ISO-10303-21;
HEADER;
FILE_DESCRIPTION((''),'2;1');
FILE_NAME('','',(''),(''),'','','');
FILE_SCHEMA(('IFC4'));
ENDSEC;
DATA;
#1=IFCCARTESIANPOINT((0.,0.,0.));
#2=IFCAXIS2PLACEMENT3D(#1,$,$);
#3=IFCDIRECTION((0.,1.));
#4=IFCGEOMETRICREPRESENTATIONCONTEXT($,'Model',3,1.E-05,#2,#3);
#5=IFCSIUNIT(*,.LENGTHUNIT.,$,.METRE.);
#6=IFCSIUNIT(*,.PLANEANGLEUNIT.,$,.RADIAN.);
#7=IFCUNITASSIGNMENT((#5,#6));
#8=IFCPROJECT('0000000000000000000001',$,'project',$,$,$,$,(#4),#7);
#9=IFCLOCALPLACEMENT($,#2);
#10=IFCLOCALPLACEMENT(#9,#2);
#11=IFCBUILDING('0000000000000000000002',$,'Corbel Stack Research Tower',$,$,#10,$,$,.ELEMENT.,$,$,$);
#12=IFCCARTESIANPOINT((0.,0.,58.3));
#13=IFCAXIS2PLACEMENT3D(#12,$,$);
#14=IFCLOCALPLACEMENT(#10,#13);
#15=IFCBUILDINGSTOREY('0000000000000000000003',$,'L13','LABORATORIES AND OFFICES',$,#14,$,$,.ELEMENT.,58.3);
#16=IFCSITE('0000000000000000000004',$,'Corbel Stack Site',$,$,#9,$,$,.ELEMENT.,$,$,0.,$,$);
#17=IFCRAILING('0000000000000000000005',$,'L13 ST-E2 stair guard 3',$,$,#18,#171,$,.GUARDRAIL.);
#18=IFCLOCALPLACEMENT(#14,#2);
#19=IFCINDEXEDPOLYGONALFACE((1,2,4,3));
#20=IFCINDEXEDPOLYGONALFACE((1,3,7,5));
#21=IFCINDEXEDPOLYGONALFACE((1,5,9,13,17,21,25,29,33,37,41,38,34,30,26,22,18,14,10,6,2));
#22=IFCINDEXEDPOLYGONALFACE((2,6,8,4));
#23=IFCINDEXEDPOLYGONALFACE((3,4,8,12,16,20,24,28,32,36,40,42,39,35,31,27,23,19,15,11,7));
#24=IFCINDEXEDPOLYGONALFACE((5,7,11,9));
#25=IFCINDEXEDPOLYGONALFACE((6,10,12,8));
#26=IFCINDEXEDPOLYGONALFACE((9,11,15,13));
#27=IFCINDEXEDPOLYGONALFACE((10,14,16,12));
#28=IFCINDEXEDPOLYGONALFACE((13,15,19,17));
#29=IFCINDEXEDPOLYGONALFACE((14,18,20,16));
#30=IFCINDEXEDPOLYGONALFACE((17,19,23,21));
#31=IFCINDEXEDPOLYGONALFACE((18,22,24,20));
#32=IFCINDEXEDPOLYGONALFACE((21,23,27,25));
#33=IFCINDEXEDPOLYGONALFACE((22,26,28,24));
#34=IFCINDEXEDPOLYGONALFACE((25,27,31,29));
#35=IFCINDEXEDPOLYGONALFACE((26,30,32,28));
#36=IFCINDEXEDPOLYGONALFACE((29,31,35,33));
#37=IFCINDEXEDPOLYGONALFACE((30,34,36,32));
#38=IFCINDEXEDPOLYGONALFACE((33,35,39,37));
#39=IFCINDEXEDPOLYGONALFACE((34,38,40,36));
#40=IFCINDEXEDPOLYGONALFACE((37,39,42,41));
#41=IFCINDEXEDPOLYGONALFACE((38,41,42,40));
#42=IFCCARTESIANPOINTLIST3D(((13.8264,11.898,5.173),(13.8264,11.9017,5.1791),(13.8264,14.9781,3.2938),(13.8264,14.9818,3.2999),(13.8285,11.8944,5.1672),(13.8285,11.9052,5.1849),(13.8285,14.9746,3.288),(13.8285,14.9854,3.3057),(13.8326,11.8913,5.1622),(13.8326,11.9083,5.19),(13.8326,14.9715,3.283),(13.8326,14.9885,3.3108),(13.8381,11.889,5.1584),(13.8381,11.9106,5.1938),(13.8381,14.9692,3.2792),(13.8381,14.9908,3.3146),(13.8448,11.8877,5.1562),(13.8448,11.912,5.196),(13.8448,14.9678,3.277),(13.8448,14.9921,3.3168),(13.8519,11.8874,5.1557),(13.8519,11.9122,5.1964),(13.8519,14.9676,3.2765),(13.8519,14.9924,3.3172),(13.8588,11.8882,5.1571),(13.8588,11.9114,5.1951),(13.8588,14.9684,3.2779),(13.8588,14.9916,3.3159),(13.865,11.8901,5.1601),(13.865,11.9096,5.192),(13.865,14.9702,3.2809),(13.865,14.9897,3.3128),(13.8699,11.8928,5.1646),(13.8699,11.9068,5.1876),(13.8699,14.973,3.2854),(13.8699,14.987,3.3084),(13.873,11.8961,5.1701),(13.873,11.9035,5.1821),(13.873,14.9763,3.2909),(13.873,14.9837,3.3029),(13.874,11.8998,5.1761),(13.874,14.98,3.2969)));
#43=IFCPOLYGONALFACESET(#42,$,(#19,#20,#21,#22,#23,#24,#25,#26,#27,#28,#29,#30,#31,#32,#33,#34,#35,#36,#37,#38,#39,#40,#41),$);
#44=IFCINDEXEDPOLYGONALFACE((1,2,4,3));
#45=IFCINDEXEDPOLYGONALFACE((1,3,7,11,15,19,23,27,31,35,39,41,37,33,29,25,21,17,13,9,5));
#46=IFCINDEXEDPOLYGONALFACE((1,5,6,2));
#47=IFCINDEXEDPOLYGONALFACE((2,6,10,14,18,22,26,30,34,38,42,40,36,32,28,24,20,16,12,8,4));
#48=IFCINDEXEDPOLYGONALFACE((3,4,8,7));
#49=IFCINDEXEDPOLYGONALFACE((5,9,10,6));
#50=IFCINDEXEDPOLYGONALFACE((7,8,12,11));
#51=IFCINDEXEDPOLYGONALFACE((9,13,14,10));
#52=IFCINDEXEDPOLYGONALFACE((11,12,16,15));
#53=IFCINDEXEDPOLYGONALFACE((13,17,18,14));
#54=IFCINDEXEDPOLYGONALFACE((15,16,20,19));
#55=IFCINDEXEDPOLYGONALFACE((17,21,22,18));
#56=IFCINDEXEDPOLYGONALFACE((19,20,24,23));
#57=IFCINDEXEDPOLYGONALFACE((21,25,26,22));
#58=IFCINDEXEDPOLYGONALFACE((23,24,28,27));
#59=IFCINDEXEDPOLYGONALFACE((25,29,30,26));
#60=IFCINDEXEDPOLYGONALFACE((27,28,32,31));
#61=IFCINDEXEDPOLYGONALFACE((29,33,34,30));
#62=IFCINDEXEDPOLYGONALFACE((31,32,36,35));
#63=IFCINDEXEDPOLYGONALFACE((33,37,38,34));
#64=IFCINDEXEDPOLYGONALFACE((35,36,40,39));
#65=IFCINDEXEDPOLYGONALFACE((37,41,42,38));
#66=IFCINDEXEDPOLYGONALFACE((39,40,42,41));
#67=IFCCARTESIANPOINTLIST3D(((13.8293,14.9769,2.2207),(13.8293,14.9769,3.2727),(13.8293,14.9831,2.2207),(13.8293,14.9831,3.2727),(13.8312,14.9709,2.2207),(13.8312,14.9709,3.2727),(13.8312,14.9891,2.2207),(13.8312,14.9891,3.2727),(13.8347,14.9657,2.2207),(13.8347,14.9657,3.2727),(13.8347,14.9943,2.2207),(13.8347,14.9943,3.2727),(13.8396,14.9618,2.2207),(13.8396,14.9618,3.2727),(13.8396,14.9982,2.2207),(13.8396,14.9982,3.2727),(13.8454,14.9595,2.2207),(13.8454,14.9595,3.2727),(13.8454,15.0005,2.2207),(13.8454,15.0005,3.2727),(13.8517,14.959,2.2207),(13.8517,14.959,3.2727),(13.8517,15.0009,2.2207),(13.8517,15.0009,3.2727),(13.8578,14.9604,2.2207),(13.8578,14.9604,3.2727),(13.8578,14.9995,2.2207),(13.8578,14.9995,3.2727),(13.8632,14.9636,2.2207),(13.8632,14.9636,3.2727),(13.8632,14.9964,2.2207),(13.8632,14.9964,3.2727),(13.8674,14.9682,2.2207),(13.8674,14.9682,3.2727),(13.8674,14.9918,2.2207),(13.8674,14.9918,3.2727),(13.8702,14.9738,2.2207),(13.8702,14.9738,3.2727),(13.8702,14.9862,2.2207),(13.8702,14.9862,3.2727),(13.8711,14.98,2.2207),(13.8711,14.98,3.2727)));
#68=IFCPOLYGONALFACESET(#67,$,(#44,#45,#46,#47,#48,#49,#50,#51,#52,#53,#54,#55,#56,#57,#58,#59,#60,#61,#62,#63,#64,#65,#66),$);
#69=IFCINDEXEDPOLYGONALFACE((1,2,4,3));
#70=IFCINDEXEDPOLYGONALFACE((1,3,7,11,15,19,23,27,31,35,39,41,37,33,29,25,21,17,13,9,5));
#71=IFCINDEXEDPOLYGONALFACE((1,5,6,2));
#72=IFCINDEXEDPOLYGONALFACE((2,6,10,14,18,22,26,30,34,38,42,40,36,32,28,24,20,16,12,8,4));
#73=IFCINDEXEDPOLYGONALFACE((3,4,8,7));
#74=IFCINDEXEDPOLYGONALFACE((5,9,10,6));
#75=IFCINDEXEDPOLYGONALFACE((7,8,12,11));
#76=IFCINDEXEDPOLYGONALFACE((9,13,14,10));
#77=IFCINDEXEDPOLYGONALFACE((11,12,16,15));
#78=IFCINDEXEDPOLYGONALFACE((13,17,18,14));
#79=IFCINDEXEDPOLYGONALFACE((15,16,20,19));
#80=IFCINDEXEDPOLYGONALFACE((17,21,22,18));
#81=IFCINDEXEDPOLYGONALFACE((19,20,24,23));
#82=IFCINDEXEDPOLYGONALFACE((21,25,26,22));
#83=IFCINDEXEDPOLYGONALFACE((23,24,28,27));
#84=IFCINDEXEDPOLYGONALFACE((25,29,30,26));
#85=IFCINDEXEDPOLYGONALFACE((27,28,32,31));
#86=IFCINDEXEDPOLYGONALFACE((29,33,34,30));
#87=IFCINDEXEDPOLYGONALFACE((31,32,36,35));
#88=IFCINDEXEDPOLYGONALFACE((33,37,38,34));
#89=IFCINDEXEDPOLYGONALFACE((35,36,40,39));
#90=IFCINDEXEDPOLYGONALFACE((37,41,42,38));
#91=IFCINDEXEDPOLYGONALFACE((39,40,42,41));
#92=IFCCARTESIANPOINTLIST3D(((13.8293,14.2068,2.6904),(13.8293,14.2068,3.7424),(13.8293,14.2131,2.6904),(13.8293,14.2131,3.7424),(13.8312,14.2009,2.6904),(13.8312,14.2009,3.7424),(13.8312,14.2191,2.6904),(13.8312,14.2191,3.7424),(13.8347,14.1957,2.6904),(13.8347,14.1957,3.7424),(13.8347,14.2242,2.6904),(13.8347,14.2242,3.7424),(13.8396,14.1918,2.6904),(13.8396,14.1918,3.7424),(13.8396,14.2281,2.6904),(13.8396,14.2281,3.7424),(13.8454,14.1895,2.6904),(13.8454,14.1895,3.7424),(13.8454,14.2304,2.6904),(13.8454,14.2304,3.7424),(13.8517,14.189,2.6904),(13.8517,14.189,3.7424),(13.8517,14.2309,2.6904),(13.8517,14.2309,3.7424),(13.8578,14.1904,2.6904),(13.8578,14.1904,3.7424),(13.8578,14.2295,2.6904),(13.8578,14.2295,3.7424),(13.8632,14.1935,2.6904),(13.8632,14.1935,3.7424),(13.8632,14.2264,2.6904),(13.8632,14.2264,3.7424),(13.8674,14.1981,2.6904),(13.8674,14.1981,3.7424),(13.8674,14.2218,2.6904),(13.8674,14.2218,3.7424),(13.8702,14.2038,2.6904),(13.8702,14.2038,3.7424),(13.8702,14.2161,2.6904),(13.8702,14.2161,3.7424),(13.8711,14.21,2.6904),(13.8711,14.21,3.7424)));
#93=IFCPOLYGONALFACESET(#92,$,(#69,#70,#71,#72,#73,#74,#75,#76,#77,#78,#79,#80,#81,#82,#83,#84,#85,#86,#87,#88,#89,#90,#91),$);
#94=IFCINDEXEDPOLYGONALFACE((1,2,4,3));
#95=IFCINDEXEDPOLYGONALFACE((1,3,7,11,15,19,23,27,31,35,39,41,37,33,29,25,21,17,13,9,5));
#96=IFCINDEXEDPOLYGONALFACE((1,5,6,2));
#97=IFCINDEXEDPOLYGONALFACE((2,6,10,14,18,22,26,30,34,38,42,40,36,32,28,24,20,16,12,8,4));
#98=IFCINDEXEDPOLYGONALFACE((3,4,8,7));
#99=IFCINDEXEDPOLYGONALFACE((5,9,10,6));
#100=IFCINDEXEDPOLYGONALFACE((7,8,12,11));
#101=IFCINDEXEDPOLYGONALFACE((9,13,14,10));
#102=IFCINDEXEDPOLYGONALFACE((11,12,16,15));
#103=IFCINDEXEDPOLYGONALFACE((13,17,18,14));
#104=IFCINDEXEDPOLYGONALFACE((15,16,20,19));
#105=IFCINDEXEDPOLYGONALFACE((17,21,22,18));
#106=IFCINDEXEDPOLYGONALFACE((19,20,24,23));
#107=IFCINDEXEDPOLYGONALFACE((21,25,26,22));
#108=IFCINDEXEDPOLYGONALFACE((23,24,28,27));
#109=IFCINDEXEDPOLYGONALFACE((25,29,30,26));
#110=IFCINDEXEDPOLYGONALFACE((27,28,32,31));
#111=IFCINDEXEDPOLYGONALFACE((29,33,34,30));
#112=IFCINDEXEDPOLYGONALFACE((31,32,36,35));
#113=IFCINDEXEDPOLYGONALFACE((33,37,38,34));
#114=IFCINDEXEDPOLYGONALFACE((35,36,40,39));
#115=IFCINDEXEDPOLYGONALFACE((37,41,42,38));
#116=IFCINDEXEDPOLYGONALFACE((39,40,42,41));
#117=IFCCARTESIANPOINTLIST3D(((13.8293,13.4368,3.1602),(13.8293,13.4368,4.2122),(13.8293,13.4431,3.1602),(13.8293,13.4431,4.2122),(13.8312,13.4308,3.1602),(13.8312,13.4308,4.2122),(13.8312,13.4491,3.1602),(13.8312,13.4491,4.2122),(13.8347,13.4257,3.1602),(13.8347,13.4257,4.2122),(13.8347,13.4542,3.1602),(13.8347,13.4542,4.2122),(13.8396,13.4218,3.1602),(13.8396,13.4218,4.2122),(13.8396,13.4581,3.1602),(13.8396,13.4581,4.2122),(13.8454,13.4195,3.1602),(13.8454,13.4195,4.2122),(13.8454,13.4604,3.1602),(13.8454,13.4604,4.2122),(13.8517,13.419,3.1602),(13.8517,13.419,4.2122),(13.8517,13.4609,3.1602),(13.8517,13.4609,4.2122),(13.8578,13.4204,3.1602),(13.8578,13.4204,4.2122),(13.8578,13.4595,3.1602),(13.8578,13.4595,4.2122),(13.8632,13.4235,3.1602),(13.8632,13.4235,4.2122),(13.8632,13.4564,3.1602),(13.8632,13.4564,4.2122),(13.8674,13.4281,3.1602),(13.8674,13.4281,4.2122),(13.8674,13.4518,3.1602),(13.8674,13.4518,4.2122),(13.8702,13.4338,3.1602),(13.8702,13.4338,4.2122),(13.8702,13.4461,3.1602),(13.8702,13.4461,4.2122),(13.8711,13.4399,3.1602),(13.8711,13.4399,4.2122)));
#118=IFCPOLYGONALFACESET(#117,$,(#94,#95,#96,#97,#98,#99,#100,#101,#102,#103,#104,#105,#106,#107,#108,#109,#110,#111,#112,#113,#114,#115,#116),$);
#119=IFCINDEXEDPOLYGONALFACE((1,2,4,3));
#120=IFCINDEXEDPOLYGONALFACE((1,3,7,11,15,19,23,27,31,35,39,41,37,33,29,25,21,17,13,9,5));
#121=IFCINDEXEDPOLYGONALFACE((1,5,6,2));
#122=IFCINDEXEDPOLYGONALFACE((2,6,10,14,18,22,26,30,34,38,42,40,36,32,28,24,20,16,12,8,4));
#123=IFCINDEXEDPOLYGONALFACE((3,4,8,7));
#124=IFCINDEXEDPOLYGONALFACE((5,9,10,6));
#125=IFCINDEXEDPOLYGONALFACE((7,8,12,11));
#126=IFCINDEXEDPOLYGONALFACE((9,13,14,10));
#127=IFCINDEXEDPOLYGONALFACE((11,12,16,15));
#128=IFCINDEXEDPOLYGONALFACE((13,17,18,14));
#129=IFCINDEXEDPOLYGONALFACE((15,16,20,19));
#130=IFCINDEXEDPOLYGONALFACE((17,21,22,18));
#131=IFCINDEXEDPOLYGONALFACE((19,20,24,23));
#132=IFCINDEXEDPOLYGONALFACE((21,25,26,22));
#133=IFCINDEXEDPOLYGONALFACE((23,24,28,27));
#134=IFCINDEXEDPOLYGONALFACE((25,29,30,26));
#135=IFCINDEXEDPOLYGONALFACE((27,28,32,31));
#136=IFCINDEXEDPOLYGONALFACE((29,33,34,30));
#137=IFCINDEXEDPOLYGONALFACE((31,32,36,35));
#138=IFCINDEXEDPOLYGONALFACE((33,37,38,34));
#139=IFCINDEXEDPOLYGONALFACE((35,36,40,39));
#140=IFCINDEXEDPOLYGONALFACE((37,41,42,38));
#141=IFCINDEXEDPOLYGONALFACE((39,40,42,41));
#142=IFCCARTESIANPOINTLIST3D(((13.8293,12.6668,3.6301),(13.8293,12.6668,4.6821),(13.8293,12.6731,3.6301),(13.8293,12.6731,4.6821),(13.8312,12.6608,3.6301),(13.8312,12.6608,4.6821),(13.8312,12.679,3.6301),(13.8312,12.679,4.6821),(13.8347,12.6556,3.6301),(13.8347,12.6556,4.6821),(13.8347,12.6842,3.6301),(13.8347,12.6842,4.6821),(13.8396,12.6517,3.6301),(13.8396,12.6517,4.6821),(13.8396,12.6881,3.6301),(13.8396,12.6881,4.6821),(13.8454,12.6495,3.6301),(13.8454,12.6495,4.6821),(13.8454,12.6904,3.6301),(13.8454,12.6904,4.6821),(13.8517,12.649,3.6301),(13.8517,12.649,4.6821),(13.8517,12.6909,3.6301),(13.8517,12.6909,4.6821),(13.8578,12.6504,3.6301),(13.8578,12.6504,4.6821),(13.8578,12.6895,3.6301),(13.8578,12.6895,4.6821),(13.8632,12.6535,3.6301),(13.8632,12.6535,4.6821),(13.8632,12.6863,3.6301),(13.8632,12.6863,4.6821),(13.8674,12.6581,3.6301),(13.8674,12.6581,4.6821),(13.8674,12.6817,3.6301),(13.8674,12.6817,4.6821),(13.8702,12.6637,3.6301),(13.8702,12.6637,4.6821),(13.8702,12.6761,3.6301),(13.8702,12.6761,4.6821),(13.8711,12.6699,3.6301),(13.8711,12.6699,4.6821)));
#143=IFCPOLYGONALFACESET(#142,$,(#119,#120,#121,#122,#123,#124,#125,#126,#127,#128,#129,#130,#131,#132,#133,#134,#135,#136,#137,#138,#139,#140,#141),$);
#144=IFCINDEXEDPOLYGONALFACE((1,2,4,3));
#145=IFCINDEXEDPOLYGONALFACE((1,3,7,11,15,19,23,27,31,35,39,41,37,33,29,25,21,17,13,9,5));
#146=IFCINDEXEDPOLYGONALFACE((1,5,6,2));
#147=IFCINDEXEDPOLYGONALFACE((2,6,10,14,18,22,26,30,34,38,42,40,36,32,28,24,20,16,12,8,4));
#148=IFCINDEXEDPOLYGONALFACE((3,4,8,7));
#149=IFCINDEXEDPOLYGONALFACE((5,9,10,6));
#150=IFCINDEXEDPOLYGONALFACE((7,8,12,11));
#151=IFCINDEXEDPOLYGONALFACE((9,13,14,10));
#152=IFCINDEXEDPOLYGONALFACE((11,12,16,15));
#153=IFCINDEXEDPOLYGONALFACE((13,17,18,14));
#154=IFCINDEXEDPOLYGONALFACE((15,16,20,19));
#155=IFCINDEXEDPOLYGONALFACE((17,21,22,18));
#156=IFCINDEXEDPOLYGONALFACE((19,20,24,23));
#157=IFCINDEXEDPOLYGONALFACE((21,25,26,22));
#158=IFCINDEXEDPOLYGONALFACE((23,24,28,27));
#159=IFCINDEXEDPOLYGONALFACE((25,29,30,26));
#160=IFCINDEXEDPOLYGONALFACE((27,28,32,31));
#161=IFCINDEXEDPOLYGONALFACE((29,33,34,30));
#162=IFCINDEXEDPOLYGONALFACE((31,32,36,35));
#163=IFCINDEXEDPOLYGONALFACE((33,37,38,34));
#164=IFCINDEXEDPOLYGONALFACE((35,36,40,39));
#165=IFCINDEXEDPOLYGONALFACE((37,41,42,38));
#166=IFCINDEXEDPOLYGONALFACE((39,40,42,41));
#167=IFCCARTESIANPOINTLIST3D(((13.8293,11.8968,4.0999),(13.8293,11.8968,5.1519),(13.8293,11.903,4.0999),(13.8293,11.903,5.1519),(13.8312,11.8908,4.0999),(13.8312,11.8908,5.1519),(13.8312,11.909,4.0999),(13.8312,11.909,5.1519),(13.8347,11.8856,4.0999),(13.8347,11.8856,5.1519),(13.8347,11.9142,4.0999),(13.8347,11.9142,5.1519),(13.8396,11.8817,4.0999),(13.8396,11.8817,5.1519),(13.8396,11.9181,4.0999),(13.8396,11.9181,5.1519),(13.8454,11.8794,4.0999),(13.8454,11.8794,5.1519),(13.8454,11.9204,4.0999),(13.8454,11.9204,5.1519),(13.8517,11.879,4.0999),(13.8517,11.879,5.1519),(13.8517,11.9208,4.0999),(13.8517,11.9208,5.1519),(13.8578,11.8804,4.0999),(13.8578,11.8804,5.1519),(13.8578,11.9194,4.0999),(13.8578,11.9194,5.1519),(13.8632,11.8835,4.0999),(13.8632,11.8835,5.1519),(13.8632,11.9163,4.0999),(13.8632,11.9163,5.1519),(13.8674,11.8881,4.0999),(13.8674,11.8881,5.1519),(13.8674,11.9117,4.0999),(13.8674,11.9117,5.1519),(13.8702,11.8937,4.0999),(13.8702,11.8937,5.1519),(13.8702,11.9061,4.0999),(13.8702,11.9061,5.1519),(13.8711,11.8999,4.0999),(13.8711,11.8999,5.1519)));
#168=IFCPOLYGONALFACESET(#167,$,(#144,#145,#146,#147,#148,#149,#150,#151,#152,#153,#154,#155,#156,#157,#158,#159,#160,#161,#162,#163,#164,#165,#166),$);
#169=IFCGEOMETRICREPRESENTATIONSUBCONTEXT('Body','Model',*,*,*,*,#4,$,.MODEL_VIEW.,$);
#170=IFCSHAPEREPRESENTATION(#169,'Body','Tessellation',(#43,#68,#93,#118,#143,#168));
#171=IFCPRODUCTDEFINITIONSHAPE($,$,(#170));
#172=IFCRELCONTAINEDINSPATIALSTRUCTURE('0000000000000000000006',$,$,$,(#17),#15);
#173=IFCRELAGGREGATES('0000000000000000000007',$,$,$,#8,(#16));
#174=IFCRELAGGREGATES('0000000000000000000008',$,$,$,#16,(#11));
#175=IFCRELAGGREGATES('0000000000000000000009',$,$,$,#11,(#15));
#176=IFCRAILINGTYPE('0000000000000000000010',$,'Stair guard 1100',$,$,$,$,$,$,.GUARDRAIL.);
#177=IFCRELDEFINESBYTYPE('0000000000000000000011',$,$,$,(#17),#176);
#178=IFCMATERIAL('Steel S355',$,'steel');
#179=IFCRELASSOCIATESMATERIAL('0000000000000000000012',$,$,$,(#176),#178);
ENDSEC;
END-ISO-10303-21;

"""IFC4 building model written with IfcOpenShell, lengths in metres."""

from ifc_helpers import new_model, si_unit, direction, frame, origin, origin_2d, place, context, subcontext, project, spatial, circle, extrude, material, type_object, element, save


model = new_model("IFC4")

# Units and contexts
model_context = context("Model", 3, precision=1e-05, world=origin(), true_north=direction((0.0, 1.0)))
body_context = subcontext(model_context, "Body", "Model", "MODEL_VIEW")
ifc_project = project(units=[si_unit("LENGTHUNIT", "METRE"), si_unit("PLANEANGLEUNIT", "RADIAN")], contexts=[model_context])

# Site, building, storey
site_placement = place(None, origin())
site = spatial("IfcSite", under=ifc_project, at=site_placement, Name="Corbel Stack Site", CompositionType="ELEMENT", RefElevation=0.0)
building_placement = place(site_placement, origin())
building = spatial("IfcBuilding", under=site, at=building_placement, Name="Corbel Stack Research Tower", CompositionType="ELEMENT")
storey_placement = place(building_placement, frame((0.0, 0.0, 58.3)))
storey = spatial("IfcBuildingStorey", under=building, at=storey_placement, Name="L13", Description="LABORATORIES AND OFFICES", CompositionType="ELEMENT", Elevation=58.3)

# Railing
ifc_material_1 = material(Name="Steel S355", Category="steel")
railing_type_1 = type_object("IfcRailingType", Name="Stair guard 1100", PredefinedType="GUARDRAIL", material=ifc_material_1)
railing_1_placement = place(storey_placement, frame((13.8501, 14.98, 2.2207)))
element("IfcRailing", 1, at=railing_1_placement, inside=storey, type_object=railing_type_1, Name="L13 ST-E2 stair guard 3", PredefinedType="GUARDRAIL", context=body_context, shape_type="SweptSolid", body=[
    extrude(circle(Radius=0.0239, at=origin_2d()), frame((0.0, 0.0, 1.0762), z_axis=(0.0, -0.853666, 0.52082), x_axis=(1.0, 0.0, 0.0)), (0.0, 0.0, 1.0), 3.6082),
    extrude(circle(Radius=0.021, at=origin_2d()), origin(), (0.0, 0.0, 1.0), 1.052),
    extrude(circle(Radius=0.021, at=origin_2d()), frame((0.0, -0.77, 0.4697)), (0.0, 0.0, 1.0), 1.052),
    extrude(circle(Radius=0.021, at=origin_2d()), frame((0.0, -1.54, 0.9395)), (0.0, 0.0, 1.0), 1.052),
    extrude(circle(Radius=0.021, at=origin_2d()), frame((0.0, -2.3101, 1.4094)), (0.0, 0.0, 1.0), 1.052),
    extrude(circle(Radius=0.021, at=origin_2d()), frame((0.0, -3.0801, 1.8792)), (0.0, 0.0, 1.0), 1.052),
])

save(model, "model.ifc")
